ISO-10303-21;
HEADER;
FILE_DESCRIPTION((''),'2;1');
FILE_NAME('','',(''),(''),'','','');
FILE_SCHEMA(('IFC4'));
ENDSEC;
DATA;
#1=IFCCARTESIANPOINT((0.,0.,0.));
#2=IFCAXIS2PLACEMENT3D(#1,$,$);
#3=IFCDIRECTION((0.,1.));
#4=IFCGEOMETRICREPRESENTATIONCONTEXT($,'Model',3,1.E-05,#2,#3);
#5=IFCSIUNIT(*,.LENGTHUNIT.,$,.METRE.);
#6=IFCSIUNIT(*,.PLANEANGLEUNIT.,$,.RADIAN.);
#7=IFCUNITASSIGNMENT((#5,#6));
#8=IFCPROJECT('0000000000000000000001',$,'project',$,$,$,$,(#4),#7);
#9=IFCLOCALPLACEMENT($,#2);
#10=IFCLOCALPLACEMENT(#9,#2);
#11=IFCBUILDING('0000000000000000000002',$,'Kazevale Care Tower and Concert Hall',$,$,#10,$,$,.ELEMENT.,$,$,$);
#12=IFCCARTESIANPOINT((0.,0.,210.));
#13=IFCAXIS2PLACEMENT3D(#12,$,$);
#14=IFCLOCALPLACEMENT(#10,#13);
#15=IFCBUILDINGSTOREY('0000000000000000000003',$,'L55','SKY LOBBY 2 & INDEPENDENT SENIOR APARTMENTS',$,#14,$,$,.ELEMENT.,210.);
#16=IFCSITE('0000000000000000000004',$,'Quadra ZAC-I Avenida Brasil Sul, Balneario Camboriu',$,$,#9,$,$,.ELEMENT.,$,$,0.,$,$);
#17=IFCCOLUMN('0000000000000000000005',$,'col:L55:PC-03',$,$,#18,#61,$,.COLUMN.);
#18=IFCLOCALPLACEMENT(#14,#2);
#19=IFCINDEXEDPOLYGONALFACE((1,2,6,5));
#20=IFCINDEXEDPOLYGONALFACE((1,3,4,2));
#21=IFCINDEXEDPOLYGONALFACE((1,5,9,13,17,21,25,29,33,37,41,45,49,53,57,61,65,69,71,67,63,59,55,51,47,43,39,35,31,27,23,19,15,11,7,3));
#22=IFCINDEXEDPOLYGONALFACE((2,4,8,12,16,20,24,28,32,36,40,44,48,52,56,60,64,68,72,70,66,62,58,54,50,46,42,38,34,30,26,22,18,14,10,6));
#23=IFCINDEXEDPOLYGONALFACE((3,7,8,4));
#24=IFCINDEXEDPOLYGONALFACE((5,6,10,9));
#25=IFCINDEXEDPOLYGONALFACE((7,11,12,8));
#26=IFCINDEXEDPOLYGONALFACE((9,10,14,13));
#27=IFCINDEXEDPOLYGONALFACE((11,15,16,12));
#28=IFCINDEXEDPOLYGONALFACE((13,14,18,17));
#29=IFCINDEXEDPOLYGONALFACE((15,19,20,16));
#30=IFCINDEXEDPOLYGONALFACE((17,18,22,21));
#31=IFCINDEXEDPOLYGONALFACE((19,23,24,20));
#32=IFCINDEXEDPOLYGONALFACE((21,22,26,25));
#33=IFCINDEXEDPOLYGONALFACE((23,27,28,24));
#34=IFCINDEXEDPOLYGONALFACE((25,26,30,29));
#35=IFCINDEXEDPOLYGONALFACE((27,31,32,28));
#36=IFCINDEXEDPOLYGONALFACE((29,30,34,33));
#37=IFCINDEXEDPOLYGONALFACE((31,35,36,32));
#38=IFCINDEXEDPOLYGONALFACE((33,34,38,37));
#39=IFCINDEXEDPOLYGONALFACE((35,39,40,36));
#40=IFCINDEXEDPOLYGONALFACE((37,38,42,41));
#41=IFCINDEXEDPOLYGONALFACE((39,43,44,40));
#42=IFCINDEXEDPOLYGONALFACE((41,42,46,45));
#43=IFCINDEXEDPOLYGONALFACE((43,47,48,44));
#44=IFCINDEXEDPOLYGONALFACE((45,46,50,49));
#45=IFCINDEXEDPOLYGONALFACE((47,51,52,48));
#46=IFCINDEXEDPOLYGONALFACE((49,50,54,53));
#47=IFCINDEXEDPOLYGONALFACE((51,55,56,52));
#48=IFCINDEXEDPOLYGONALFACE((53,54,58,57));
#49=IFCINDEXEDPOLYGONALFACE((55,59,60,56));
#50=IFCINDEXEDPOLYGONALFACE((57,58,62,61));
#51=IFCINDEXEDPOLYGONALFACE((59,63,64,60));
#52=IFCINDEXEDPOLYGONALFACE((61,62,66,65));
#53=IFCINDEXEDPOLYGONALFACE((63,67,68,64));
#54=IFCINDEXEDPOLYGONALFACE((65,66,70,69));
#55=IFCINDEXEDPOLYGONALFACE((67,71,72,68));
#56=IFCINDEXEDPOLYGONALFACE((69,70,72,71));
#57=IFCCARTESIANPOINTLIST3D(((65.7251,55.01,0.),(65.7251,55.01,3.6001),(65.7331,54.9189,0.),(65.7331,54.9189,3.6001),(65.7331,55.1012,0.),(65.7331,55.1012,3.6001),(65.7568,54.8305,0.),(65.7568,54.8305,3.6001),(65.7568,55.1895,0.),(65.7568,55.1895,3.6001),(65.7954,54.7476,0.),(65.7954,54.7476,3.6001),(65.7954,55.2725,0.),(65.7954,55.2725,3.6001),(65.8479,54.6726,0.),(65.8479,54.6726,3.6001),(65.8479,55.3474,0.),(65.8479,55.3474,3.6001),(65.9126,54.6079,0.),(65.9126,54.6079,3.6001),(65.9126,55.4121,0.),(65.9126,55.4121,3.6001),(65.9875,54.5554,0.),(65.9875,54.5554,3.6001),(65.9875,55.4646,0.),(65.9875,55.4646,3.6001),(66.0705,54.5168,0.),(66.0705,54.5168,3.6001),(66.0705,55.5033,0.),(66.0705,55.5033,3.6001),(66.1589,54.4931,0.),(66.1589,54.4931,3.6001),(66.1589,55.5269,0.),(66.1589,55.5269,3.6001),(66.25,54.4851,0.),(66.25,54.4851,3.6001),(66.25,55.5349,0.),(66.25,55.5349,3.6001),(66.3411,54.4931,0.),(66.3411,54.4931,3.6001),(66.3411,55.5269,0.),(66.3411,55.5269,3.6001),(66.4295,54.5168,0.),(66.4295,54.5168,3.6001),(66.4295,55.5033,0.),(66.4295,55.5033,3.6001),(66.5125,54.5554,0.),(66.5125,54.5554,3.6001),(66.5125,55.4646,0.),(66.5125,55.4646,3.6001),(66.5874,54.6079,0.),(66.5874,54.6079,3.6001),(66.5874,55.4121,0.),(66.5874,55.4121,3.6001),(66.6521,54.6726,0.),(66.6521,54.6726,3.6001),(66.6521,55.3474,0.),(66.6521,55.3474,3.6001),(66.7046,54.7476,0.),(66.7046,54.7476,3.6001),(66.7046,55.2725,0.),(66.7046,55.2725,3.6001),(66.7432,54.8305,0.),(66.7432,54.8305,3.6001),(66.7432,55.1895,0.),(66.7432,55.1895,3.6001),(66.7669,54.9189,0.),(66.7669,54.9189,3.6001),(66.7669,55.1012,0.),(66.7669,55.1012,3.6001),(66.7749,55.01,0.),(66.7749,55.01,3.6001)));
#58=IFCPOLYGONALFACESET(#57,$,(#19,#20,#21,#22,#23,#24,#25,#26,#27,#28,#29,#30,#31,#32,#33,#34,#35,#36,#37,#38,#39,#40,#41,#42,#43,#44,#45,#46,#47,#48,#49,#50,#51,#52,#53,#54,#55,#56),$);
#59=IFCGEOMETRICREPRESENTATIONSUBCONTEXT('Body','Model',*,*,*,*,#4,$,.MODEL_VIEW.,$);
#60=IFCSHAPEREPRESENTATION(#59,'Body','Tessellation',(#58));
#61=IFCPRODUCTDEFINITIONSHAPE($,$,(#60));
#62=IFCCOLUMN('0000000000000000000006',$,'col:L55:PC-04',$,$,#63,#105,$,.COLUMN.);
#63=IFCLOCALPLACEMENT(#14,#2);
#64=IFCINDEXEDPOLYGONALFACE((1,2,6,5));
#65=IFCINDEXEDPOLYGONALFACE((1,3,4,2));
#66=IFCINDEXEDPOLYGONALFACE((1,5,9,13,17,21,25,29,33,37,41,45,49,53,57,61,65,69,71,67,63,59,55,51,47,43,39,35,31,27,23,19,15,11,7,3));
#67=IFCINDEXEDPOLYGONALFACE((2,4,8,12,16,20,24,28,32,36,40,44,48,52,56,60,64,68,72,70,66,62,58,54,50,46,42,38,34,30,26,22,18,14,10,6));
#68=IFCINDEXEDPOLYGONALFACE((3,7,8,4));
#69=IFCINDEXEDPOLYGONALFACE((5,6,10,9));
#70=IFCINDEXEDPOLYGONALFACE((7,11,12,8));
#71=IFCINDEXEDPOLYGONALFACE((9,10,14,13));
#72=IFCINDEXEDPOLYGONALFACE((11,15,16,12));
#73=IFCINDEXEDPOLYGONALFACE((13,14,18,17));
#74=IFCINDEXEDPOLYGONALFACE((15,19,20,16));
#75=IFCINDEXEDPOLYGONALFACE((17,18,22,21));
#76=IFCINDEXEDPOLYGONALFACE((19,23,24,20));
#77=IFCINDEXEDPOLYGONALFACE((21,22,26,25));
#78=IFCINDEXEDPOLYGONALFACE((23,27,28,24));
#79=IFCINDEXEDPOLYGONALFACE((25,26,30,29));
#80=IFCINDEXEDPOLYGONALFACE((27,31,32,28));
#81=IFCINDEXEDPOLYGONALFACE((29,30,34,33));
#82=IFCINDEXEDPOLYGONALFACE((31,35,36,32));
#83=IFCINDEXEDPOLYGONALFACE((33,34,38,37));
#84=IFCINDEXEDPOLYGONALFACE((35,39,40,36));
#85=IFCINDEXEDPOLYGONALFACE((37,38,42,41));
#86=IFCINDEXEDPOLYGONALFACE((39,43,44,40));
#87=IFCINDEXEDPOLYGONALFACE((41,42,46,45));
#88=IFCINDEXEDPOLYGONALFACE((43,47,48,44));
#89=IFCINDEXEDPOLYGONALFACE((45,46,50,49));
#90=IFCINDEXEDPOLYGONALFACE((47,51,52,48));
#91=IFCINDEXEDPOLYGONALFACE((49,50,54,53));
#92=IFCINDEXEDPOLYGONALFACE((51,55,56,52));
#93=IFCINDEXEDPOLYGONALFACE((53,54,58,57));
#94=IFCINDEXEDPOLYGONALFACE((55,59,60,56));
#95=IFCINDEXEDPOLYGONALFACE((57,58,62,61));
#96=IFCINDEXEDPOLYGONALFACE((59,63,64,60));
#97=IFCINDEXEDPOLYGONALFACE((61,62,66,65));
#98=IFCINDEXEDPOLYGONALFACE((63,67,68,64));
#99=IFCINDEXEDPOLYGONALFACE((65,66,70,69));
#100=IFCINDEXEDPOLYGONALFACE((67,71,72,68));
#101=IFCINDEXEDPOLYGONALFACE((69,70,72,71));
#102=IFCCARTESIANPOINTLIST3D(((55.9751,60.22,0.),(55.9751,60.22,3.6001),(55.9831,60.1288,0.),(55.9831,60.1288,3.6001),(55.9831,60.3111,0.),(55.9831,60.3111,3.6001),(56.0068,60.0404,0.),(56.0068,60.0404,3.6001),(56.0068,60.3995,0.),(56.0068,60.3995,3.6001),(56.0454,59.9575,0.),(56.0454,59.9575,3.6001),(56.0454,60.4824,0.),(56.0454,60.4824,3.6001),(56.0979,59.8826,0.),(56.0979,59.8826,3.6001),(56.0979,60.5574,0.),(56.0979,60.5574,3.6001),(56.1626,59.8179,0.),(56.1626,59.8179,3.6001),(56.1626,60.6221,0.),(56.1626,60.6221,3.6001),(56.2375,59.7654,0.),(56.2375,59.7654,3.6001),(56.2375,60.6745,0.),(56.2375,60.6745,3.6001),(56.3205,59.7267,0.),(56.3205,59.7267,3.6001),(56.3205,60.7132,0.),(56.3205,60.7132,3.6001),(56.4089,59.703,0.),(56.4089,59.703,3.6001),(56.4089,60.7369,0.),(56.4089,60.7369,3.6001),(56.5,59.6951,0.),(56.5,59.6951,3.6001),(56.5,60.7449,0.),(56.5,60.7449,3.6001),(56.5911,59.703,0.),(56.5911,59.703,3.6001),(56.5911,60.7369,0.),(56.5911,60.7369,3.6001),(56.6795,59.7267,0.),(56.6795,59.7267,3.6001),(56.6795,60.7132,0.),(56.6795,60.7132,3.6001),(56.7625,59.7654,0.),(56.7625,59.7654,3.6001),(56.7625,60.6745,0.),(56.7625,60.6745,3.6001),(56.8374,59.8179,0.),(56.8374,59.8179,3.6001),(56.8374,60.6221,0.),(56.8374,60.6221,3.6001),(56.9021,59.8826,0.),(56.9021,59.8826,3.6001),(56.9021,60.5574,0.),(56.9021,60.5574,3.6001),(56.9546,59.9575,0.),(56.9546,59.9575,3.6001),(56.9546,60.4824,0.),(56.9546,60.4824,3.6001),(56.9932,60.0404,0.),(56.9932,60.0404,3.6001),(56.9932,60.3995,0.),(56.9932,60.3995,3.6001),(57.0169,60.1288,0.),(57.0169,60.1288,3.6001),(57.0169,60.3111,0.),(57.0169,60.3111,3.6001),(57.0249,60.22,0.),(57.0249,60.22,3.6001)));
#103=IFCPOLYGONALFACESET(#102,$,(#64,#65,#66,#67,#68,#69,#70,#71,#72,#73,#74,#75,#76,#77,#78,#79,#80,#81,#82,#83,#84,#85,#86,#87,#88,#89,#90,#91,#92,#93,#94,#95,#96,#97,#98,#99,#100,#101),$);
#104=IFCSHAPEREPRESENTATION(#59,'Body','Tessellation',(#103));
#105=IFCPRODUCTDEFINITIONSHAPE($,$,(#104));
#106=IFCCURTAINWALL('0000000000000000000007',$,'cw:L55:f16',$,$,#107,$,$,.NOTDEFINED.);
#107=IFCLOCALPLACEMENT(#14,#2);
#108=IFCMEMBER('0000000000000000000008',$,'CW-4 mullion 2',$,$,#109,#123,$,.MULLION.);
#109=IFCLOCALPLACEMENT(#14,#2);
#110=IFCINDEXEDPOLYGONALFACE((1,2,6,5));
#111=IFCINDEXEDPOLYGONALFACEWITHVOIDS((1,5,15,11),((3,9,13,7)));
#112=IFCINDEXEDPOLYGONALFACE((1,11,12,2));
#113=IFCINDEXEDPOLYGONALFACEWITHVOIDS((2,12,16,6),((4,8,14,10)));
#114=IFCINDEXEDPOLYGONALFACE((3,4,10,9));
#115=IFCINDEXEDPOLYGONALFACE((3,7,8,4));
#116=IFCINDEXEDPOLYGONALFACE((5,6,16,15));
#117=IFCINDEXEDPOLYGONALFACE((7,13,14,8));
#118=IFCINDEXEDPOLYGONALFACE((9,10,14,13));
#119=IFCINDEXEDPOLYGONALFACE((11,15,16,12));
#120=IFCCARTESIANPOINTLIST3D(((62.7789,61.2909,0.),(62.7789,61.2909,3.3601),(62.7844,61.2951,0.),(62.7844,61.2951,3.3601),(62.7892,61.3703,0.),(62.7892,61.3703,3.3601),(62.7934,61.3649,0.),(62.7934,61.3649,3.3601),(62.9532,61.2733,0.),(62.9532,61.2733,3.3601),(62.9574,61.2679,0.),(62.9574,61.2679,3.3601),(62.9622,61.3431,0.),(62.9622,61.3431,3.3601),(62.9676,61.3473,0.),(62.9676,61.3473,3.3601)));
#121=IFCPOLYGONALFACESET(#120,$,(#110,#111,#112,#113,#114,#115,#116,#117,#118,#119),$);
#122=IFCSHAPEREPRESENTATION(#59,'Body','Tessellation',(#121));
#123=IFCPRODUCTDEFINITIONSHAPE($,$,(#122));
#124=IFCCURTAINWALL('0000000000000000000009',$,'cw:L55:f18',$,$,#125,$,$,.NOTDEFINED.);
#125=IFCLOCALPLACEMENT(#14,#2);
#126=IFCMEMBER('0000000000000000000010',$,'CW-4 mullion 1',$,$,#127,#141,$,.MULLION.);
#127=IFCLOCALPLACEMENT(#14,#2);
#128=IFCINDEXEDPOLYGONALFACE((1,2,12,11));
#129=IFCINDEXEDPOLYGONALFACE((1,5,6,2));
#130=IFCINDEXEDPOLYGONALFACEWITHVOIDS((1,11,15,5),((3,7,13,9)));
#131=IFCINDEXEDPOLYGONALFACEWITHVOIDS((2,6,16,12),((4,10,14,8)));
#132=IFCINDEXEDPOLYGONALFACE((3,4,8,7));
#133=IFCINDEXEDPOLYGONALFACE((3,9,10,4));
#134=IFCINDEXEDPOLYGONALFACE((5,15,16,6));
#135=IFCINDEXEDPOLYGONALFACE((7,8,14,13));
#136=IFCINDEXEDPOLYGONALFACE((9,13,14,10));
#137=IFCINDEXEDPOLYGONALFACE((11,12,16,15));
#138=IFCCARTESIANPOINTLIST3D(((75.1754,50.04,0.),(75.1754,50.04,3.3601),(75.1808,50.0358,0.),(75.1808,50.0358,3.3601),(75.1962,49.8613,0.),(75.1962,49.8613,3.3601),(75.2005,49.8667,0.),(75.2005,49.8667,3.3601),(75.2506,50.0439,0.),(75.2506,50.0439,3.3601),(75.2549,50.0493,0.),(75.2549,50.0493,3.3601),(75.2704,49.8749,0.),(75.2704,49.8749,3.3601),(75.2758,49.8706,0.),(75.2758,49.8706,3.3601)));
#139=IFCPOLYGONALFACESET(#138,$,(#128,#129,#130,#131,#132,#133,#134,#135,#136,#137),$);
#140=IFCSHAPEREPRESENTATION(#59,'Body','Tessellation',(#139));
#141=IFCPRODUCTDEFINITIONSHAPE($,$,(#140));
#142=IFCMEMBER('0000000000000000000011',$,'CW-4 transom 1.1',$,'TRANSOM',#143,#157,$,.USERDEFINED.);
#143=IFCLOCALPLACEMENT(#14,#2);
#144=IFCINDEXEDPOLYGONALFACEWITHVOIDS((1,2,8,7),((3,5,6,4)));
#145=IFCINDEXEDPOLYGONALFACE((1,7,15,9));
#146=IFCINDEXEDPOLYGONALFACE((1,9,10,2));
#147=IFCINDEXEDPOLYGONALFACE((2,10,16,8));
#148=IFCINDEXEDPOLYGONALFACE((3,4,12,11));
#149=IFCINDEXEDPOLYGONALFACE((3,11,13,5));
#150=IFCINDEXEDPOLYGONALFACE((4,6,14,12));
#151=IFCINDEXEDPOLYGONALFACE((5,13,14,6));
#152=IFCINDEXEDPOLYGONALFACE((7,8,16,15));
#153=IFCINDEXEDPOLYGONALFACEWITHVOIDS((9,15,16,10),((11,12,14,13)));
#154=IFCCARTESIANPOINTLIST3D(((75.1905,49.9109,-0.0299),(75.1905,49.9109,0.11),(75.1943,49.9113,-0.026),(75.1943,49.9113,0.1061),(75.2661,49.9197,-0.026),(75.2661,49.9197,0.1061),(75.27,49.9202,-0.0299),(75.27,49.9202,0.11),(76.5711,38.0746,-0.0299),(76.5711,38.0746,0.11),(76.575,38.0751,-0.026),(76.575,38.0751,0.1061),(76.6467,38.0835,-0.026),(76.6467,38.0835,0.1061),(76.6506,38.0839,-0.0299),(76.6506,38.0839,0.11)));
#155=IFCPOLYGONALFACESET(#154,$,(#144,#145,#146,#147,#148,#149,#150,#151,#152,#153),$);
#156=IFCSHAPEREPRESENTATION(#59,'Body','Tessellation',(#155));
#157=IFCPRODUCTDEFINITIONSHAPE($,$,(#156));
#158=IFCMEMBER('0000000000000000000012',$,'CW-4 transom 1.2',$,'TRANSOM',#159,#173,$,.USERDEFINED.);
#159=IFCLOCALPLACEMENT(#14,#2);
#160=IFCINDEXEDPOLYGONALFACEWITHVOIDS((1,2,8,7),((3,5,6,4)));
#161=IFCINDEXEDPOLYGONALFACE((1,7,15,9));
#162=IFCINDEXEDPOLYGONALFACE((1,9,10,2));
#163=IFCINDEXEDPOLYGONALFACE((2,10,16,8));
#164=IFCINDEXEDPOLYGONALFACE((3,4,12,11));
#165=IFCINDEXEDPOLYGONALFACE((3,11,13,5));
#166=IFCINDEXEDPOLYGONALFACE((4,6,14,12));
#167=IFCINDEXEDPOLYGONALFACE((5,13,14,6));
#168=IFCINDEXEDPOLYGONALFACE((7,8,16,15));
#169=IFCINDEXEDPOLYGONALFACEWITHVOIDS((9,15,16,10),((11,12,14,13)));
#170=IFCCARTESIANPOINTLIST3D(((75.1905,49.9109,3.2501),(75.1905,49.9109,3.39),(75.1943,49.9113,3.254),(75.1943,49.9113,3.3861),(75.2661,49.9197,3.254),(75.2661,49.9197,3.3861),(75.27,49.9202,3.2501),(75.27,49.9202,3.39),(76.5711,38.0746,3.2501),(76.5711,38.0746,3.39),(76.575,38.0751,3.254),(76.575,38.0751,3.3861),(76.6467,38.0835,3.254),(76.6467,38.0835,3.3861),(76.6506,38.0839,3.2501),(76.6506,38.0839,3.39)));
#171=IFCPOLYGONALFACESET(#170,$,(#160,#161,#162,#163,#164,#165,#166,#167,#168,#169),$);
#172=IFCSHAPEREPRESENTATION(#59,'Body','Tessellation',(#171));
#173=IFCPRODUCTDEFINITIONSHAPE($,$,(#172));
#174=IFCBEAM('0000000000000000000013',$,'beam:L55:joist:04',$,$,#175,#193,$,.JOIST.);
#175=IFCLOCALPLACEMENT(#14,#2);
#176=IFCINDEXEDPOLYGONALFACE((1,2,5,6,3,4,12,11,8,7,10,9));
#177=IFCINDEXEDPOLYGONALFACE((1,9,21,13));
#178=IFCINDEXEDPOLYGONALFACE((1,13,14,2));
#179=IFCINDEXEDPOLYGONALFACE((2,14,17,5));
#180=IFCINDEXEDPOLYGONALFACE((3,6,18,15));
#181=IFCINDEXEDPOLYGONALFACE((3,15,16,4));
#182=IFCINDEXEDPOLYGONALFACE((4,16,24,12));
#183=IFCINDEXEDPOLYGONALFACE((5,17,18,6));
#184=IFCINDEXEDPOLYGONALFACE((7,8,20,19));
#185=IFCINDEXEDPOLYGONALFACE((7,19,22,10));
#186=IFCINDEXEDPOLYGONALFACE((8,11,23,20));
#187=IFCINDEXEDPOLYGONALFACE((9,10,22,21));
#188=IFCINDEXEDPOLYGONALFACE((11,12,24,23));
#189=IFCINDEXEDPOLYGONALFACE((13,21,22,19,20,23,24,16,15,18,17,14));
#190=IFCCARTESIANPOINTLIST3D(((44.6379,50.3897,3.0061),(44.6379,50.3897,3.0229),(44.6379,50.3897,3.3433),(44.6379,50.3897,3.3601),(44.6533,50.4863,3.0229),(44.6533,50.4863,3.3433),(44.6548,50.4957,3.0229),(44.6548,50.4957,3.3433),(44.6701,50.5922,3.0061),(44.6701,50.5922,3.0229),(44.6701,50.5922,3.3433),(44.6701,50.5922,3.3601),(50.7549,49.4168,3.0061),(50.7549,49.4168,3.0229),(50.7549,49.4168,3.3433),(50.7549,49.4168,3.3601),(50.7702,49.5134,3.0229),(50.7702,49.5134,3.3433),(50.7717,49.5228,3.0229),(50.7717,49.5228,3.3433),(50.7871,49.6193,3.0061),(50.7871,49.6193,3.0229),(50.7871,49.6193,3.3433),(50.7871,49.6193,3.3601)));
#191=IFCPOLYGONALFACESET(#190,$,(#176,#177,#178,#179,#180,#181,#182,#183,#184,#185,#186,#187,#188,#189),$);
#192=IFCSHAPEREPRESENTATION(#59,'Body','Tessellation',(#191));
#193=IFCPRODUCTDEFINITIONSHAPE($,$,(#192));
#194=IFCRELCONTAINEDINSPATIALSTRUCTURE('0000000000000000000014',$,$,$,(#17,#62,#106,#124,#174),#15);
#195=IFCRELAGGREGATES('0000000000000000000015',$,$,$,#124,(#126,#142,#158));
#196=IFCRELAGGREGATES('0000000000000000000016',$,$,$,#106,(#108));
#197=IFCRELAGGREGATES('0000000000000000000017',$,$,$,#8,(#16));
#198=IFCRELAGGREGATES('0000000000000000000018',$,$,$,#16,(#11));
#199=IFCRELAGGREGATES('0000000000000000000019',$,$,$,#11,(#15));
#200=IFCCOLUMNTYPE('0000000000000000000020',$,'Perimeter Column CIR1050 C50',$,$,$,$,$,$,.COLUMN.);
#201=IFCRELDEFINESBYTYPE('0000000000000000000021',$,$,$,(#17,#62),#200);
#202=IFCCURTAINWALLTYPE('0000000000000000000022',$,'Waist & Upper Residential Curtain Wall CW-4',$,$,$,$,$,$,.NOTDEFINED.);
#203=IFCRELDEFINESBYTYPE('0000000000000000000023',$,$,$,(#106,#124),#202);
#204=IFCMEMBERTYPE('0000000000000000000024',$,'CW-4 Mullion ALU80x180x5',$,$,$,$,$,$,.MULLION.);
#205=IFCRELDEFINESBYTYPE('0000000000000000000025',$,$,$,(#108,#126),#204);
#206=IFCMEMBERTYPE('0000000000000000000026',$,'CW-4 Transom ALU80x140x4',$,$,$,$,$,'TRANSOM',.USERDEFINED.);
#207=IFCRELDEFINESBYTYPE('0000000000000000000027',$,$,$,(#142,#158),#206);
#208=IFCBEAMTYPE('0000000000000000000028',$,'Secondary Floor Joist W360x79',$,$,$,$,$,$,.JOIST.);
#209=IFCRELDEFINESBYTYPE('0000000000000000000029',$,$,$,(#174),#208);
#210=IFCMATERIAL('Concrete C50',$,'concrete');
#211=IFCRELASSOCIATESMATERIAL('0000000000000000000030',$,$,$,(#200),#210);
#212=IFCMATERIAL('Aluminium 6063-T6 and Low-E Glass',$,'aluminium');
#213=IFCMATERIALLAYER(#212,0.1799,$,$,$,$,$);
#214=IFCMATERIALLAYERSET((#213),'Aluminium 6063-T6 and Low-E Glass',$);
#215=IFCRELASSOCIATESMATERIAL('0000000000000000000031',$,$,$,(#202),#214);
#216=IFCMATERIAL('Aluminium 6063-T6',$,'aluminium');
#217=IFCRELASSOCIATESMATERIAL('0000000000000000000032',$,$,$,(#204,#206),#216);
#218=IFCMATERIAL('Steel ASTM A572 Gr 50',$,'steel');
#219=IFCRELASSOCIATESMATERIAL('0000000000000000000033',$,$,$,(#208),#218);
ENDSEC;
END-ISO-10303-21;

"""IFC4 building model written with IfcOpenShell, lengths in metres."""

from ifc_helpers import new_model, si_unit, direction, frame, origin, origin_2d, place, context, subcontext, project, spatial, hollow_rectangle, circle, i_section, extrude, material, layer, layer_set, material_profile, profile_set, type_object, element, aggregate, save


model = new_model("IFC4")

# Units and contexts
model_context = context("Model", 3, precision=1e-05, world=origin(), true_north=direction((0.0, 1.0)))
body_context = subcontext(model_context, "Body", "Model", "MODEL_VIEW")
ifc_project = project(units=[si_unit("LENGTHUNIT", "METRE"), si_unit("PLANEANGLEUNIT", "RADIAN")], contexts=[model_context])

# Site, building, storey
site_placement = place(None, origin())
site = spatial("IfcSite", under=ifc_project, at=site_placement, Name="Quadra ZAC-I Avenida Brasil Sul, Balneario Camboriu", CompositionType="ELEMENT", RefElevation=0.0)
building_placement = place(site_placement, origin())
building = spatial("IfcBuilding", under=site, at=building_placement, Name="Kazevale Care Tower and Concert Hall", CompositionType="ELEMENT")
storey_placement = place(building_placement, frame((0.0, 0.0, 210.0)))
storey = spatial("IfcBuildingStorey", under=building, at=storey_placement, Name="L55", Description="SKY LOBBY 2 & INDEPENDENT SENIOR APARTMENTS", CompositionType="ELEMENT", Elevation=210.0)

# Columns
ifc_material_1 = material(Name="Concrete C50", Category="concrete")
ifc_material_profile_1 = material_profile(ifc_material_1, circle(Radius=0.5249, at=origin_2d()), Name="RC-CIR1050")
ifc_profile_set_1 = profile_set([ifc_material_profile_1], Name="Concrete C50")
column_type = type_object("IfcColumnType", Name="Perimeter Column CIR1050 C50", PredefinedType="COLUMN", material=ifc_profile_set_1)
for number, where, z_axis, x_axis, name in (
    (1, (66.25, 55.01, 0.0), (0.0, 0.0, 1.0), (1.0, 0.0, 0.0), "col:L55:PC-03"),
    (2, (56.5, 60.22, 0.0), (0.0, 0.0, 1.0), (1.0, 0.0, 0.0), "col:L55:PC-04"),
):
    element("IfcColumn", number, at=place(storey_placement, frame(where, z_axis=z_axis, x_axis=x_axis)), inside=storey, type_object=column_type, Name=name, PredefinedType="COLUMN", context=body_context, shape_type="SweptSolid", body=[
        extrude(circle(Radius=0.5249, at=origin_2d()), origin(), (0.0, 0.0, 1.0), 3.6001),
    ])

# Curtain wall, member
ifc_material_2 = material(Name="Aluminium 6063-T6 and Low-E Glass", Category="aluminium")
ifc_layer_1 = layer(ifc_material_2, 0.1799)
ifc_layer_set_1 = layer_set([ifc_layer_1], Name="Aluminium 6063-T6 and Low-E Glass")
curtain_wall_type = type_object("IfcCurtainWallType", Name="Waist & Upper Residential Curtain Wall CW-4", PredefinedType="NOTDEFINED", material=ifc_layer_set_1)
curtain_wall_1_placement = place(storey_placement, origin())
curtain_wall_1 = element("IfcCurtainWall", 3, at=curtain_wall_1_placement, inside=storey, type_object=curtain_wall_type, Name="cw:L55:f16", PredefinedType="NOTDEFINED")
ifc_material_3 = material(Name="Aluminium 6063-T6", Category="aluminium")
ifc_material_profile_2 = material_profile(ifc_material_3, hollow_rectangle(XDim=0.0801, YDim=0.1799, WallThickness=0.0049, at=origin_2d()), Name="ALU80x180x5")
ifc_profile_set_2 = profile_set([ifc_material_profile_2], Name="Aluminium 6063-T6")
member_type_1 = type_object("IfcMemberType", Name="CW-4 Mullion ALU80x180x5", PredefinedType="MULLION", material=ifc_profile_set_2)
member_1_placement = place(storey_placement, frame((62.8733, 61.3191, 0.0), z_axis=(0.0, 0.0, 1.0), x_axis=(0.128098, 0.991761, 0.0)))
member_1 = element("IfcMember", 4, at=member_1_placement, type_object=member_type_1, Name="CW-4 mullion 2", PredefinedType="MULLION", context=body_context, shape_type="SweptSolid", body=[
    extrude(hollow_rectangle(XDim=0.0801, YDim=0.1799, WallThickness=0.0049, at=origin_2d()), origin(), (0.0, 0.0, 1.0), 3.3601),
])

# Curtain wall, members
curtain_wall_2_placement = place(storey_placement, origin())
curtain_wall_2 = element("IfcCurtainWall", 5, at=curtain_wall_2_placement, inside=storey, type_object=curtain_wall_type, Name="cw:L55:f18", PredefinedType="NOTDEFINED")
member_2_placement = place(storey_placement, frame((75.2256, 49.9553, 0.0), z_axis=(0.0, 0.0, 1.0), x_axis=(0.993267, 0.115847, 0.0)))
member_2 = element("IfcMember", 6, at=member_2_placement, type_object=member_type_1, Name="CW-4 mullion 1", PredefinedType="MULLION", context=body_context, shape_type="SweptSolid", body=[
    extrude(hollow_rectangle(XDim=0.0801, YDim=0.1799, WallThickness=0.0049, at=origin_2d()), origin(), (0.0, 0.0, 1.0), 3.3601),
])
ifc_material_profile_3 = material_profile(ifc_material_3, hollow_rectangle(XDim=0.0801, YDim=0.1399, WallThickness=0.0039, at=origin_2d()), Name="ALU80x140x4")
ifc_profile_set_3 = profile_set([ifc_material_profile_3], Name="Aluminium 6063-T6")
member_type_2 = type_object("IfcMemberType", Name="CW-4 Transom ALU80x140x4", ElementType="TRANSOM", PredefinedType="USERDEFINED", material=ifc_profile_set_3)
member_3_placement = place(storey_placement, frame((75.2302, 49.9155, 0.04), z_axis=(0.115858, -0.993266, 0.0), x_axis=(0.993266, 0.115858, 0.0)))
member_3 = element("IfcMember", 7, at=member_3_placement, type_object=member_type_2, Name="CW-4 transom 1.1", ObjectType="TRANSOM", PredefinedType="USERDEFINED", context=body_context, shape_type="SweptSolid", body=[
    extrude(hollow_rectangle(XDim=0.0801, YDim=0.1399, WallThickness=0.0039, at=origin_2d()), origin(), (0.0, 0.0, 1.0), 11.9165),
])
member_4_placement = place(storey_placement, frame((75.2302, 49.9155, 3.3201), z_axis=(0.115858, -0.993266, 0.0), x_axis=(0.993266, 0.115858, 0.0)))
member_4 = element("IfcMember", 8, at=member_4_placement, type_object=member_type_2, Name="CW-4 transom 1.2", ObjectType="TRANSOM", PredefinedType="USERDEFINED", context=body_context, shape_type="SweptSolid", body=[
    extrude(hollow_rectangle(XDim=0.0801, YDim=0.1399, WallThickness=0.0039, at=origin_2d()), origin(), (0.0, 0.0, 1.0), 11.9165),
])
aggregate(curtain_wall_2, [member_2, member_3, member_4])

# Beam
ifc_material_4 = material(Name="Steel ASTM A572 Gr 50", Category="steel")
ifc_material_profile_4 = material_profile(ifc_material_4, i_section(OverallWidth=0.2051, OverallDepth=0.354, WebThickness=0.0095, FlangeThickness=0.0168, at=origin_2d()), Name="W360x79")
ifc_profile_set_4 = profile_set([ifc_material_profile_4], Name="Steel ASTM A572 Gr 50")
beam_type_1 = type_object("IfcBeamType", Name="Secondary Floor Joist W360x79", PredefinedType="JOIST", material=ifc_profile_set_4)
beam_1_placement = place(storey_placement, frame((50.771, 49.5181, 3.1831), z_axis=(-0.987587, 0.157076, 0.0), x_axis=(-0.157076, -0.987587, 0.0)))
element("IfcBeam", 9, at=beam_1_placement, inside=storey, type_object=beam_type_1, Name="beam:L55:joist:04", PredefinedType="JOIST", context=body_context, shape_type="SweptSolid", body=[
    extrude(i_section(OverallWidth=0.2051, OverallDepth=0.354, WebThickness=0.0095, FlangeThickness=0.0168, at=origin_2d()), origin(), (0.0, 0.0, 1.0), 6.1938),
])

aggregate(curtain_wall_1, [member_1])

save(model, "model.ifc")
